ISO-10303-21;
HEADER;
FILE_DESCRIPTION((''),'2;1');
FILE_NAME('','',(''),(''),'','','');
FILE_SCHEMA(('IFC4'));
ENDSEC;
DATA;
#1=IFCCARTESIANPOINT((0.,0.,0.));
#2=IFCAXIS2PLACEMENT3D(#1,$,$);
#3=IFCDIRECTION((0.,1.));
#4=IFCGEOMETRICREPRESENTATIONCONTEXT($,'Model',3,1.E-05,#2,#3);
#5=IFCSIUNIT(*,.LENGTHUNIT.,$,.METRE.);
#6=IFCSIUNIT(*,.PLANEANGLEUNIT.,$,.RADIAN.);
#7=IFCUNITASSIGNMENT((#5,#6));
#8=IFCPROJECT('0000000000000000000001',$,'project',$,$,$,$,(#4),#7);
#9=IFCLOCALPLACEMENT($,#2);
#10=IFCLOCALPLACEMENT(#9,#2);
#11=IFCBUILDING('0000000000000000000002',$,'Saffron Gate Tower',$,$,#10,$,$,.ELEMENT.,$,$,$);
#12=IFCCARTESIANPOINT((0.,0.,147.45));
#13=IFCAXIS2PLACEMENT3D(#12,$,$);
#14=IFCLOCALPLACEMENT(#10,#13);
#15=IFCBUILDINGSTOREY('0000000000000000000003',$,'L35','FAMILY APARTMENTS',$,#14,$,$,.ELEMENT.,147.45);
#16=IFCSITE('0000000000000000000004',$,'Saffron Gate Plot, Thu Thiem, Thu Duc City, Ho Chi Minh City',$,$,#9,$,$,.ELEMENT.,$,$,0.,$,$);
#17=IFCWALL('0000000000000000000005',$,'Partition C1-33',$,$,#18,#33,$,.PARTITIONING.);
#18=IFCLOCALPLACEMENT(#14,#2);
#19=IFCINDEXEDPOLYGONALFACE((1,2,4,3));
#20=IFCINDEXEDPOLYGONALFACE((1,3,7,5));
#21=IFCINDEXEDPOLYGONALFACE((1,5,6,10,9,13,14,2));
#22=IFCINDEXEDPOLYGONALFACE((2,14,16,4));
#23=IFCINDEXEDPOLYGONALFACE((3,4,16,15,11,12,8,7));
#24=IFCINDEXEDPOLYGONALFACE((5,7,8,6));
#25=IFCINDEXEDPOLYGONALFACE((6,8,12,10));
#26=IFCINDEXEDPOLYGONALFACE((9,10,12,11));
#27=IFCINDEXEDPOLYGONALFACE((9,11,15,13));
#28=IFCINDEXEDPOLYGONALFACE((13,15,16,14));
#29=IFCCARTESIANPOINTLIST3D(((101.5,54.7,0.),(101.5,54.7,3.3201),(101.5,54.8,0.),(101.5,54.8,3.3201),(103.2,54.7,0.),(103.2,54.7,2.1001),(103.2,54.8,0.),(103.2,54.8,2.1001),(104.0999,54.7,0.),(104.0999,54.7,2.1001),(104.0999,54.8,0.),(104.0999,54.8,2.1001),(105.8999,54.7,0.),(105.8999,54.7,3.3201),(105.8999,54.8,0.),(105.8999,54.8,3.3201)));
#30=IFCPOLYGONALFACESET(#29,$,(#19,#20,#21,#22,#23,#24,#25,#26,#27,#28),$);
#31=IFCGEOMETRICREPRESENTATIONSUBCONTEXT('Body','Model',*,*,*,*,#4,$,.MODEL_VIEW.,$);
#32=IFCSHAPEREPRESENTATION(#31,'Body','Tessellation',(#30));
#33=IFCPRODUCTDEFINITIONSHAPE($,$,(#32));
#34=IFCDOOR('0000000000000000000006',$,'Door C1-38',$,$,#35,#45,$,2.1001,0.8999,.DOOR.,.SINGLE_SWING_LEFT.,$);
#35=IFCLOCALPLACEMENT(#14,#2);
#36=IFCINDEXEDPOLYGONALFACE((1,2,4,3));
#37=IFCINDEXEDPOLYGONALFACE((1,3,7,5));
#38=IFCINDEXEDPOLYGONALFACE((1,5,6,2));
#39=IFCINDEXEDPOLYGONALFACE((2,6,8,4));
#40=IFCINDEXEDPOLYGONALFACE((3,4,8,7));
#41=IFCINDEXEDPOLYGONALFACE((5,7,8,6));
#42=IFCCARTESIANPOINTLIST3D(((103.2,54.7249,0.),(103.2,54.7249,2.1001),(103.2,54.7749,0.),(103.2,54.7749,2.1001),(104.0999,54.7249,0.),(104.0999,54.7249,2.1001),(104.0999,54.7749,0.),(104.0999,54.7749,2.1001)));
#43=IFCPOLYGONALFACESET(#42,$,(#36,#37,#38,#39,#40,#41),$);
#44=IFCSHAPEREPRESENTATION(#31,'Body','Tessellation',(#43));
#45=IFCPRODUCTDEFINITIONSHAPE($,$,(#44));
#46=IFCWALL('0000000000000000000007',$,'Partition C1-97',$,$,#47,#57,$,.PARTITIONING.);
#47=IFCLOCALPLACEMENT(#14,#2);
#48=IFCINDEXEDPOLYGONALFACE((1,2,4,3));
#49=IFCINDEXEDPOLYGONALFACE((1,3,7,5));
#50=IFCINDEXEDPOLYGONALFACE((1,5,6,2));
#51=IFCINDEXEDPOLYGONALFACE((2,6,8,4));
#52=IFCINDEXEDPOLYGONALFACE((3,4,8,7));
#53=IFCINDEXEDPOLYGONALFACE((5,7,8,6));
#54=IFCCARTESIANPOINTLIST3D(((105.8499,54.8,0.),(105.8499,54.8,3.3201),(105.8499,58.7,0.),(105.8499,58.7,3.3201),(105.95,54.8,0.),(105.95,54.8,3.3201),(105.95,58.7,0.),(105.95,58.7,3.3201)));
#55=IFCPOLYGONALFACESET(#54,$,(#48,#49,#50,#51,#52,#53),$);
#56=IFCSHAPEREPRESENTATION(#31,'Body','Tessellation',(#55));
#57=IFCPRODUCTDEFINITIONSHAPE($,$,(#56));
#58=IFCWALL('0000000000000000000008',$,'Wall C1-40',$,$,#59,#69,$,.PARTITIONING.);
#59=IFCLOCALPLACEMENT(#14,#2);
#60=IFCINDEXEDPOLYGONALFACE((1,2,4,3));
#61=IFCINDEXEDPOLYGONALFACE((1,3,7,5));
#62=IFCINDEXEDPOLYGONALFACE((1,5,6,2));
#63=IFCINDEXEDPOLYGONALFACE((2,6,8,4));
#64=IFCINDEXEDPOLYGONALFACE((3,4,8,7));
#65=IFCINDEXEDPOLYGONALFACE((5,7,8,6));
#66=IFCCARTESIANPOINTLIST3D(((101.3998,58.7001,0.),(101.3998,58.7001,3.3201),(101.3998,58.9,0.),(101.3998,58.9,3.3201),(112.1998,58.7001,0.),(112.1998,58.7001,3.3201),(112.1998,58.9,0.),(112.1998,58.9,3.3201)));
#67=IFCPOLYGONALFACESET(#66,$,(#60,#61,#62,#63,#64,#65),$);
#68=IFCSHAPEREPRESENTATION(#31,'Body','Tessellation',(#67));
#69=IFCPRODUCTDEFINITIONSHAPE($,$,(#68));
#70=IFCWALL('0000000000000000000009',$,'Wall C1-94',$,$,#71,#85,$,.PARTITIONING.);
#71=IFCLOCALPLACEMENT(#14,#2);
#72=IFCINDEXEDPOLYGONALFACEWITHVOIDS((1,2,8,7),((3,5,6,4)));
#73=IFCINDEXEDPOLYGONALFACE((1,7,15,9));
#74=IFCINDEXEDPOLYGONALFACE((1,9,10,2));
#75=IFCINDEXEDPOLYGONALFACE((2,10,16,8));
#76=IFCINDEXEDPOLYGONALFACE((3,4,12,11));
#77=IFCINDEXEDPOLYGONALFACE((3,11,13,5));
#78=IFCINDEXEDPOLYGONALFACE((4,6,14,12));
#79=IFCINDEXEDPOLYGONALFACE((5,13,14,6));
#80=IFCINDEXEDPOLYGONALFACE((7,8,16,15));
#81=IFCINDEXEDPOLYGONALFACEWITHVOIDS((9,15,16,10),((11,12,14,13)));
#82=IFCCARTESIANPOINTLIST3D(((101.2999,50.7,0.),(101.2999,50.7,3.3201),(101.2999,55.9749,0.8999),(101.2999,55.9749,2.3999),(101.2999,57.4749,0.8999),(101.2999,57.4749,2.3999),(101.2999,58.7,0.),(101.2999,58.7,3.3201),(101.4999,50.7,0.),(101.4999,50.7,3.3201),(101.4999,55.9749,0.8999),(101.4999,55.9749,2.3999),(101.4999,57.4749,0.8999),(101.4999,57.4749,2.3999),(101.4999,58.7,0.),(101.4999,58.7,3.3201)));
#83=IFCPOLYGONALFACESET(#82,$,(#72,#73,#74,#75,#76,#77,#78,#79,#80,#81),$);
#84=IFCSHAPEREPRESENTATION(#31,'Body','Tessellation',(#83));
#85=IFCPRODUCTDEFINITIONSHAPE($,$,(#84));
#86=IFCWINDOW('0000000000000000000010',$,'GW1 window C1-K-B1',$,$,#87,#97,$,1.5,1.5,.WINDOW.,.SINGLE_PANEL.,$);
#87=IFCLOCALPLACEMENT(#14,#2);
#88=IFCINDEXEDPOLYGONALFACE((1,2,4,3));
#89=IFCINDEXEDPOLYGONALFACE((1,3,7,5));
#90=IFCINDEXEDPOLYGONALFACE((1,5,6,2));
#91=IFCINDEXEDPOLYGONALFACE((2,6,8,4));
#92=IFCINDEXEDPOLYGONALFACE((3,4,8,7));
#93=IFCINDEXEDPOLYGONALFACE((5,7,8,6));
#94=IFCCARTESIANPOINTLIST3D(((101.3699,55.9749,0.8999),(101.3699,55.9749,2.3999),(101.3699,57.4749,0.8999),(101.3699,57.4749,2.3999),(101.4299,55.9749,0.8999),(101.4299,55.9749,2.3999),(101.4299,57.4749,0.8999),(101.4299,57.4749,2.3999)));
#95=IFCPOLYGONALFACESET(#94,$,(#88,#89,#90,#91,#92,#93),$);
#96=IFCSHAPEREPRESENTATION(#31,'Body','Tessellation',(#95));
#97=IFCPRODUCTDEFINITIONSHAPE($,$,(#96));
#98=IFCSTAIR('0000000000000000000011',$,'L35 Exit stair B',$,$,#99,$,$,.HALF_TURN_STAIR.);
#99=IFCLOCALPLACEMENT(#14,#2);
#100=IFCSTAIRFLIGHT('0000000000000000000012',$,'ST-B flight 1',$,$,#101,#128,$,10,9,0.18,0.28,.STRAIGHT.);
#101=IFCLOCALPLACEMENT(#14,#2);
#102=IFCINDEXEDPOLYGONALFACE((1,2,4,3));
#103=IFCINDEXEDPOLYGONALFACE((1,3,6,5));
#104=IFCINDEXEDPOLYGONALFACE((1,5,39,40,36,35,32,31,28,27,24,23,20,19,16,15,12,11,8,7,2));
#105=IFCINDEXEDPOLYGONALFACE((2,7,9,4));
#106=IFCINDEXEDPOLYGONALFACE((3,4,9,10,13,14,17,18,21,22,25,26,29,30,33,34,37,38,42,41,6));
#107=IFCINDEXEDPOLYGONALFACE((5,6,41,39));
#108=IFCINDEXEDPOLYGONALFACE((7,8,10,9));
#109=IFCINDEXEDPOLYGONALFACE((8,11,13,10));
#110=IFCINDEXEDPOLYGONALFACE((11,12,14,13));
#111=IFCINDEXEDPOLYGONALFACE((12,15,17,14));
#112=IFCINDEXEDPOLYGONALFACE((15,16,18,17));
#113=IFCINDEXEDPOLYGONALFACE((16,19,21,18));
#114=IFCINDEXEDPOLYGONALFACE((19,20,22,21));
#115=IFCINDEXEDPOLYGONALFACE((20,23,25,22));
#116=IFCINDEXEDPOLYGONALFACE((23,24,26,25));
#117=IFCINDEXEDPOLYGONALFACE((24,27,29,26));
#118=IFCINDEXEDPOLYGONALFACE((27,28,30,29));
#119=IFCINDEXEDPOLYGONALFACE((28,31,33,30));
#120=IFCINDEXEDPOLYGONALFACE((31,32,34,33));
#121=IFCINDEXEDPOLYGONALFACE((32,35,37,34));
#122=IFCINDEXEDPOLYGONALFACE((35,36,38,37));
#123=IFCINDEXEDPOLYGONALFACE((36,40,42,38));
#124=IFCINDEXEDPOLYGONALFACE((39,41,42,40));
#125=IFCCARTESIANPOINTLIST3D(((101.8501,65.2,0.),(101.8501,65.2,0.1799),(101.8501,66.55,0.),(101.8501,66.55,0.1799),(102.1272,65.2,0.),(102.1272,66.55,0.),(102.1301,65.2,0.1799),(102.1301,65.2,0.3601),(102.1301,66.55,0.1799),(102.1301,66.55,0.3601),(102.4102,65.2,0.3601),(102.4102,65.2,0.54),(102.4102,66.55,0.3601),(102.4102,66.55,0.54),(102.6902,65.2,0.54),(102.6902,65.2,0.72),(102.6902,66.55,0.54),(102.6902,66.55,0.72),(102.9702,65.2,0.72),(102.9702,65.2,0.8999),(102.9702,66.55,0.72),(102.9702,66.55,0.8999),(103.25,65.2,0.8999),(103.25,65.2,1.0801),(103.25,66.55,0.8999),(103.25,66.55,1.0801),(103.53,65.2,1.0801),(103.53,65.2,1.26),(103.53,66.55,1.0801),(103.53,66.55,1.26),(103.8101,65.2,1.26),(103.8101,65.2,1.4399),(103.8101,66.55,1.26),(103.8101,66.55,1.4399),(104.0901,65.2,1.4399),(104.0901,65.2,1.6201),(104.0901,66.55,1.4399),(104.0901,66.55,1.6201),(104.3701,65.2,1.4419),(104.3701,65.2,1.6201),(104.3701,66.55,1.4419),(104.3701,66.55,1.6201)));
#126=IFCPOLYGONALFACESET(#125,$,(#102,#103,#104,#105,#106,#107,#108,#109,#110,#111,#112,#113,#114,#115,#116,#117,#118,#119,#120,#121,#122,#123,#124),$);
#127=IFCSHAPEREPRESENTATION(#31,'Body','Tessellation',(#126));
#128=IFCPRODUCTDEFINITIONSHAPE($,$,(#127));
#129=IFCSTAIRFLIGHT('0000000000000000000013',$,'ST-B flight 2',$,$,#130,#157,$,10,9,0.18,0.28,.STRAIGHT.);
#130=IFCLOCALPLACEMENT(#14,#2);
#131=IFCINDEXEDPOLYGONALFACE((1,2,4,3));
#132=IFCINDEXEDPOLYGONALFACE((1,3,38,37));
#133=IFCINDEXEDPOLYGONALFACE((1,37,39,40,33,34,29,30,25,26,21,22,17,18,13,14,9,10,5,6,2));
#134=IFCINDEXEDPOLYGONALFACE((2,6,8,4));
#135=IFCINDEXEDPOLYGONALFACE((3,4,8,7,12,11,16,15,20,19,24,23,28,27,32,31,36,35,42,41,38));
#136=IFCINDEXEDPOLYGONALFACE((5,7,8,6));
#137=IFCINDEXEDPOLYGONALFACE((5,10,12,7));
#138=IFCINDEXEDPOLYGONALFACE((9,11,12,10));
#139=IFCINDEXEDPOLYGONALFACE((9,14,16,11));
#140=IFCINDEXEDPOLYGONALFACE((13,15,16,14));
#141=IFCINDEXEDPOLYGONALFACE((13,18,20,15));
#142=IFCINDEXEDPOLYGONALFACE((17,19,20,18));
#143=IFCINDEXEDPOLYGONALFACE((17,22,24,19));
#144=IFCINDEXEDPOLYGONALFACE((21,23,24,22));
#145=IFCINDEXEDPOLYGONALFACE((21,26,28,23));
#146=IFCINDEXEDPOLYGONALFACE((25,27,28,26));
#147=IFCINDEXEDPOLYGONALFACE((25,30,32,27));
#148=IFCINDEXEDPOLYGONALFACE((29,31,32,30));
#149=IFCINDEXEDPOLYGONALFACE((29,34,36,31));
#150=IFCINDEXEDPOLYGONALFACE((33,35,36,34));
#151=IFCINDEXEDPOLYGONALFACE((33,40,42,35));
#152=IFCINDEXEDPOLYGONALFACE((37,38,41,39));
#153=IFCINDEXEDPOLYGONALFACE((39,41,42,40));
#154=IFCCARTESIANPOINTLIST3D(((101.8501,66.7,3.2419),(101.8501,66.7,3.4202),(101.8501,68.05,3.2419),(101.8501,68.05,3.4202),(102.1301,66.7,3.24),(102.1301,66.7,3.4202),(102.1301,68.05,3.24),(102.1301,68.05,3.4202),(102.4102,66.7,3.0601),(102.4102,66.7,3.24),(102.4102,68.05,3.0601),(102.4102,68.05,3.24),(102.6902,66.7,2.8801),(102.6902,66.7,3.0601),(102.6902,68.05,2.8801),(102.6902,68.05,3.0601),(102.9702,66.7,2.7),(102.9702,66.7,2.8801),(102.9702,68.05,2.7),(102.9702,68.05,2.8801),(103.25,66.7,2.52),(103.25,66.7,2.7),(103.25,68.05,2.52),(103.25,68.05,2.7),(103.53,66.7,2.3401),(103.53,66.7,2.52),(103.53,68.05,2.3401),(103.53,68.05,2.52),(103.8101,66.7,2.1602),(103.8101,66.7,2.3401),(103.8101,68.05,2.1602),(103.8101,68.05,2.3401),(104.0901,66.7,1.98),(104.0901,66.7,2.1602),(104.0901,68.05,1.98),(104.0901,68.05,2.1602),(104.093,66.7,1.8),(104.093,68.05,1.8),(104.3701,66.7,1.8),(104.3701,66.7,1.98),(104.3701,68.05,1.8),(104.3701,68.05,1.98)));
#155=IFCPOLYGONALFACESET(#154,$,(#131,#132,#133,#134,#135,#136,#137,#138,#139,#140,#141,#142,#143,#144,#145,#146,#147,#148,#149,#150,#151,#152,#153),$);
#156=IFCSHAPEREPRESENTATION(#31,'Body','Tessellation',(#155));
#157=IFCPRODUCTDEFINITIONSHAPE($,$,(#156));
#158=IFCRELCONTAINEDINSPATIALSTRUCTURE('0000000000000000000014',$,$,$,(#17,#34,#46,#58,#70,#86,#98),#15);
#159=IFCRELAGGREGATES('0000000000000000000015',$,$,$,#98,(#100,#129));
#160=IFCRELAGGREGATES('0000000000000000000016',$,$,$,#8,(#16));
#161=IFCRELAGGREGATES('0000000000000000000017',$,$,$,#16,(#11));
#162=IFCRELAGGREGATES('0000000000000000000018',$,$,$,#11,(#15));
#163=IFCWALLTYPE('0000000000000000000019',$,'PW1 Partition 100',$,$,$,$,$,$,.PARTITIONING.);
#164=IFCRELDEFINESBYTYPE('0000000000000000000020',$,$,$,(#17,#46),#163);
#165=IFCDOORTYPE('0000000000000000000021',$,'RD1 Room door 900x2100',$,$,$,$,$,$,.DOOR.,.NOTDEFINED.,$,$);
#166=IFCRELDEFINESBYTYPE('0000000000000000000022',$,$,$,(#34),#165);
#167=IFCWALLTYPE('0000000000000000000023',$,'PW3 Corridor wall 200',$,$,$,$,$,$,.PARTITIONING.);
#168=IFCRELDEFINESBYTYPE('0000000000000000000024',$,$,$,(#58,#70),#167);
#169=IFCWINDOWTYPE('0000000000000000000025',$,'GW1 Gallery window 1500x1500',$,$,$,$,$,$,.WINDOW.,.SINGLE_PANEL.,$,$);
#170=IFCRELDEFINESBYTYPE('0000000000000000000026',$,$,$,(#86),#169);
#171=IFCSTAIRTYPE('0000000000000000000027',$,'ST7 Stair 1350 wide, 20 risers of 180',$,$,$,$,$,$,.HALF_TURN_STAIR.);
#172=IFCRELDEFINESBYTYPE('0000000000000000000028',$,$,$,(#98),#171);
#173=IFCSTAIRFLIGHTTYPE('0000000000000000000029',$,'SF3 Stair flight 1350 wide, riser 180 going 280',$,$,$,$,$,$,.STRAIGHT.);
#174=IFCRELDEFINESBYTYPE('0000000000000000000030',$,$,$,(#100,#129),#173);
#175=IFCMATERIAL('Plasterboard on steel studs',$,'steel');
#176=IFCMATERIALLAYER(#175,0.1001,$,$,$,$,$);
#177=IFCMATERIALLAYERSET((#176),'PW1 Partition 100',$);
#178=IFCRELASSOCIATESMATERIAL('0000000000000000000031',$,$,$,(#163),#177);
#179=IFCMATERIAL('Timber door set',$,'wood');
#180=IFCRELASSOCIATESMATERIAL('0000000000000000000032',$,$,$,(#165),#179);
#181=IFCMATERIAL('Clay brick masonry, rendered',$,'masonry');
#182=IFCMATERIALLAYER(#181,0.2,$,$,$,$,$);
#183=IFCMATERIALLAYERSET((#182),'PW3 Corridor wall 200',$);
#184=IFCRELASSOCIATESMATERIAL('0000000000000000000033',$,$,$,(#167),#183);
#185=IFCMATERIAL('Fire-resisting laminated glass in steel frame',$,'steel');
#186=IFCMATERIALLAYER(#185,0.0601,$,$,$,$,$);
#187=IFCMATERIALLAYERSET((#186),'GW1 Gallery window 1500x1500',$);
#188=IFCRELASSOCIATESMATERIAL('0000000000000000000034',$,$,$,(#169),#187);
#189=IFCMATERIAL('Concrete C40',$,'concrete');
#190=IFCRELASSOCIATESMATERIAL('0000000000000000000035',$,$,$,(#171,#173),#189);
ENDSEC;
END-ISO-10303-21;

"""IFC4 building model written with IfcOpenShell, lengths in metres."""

from ifc_helpers import new_model, si_unit, direction, frame, frame_2d, origin, place, context, subcontext, project, spatial, polyline, rectangle, outline, extrude, material, layer, layer_set, type_object, element, fill, aggregate, save


model = new_model("IFC4")

# Units and contexts
model_context = context("Model", 3, precision=1e-05, world=origin(), true_north=direction((0.0, 1.0)))
body_context = subcontext(model_context, "Body", "Model", "MODEL_VIEW")
ifc_project = project(units=[si_unit("LENGTHUNIT", "METRE"), si_unit("PLANEANGLEUNIT", "RADIAN")], contexts=[model_context])

# Site, building, storey
site_placement = place(None, origin())
site = spatial("IfcSite", under=ifc_project, at=site_placement, Name="Saffron Gate Plot, Thu Thiem, Thu Duc City, Ho Chi Minh City", CompositionType="ELEMENT", RefElevation=0.0)
building_placement = place(site_placement, origin())
building = spatial("IfcBuilding", under=site, at=building_placement, Name="Saffron Gate Tower", CompositionType="ELEMENT")
storey_placement = place(building_placement, frame((0.0, 0.0, 147.45)))
storey = spatial("IfcBuildingStorey", under=building, at=storey_placement, Name="L35", Description="FAMILY APARTMENTS", CompositionType="ELEMENT", Elevation=147.45)

# Wall, opening, door
ifc_material_1 = material(Name="Plasterboard on steel studs", Category="steel")
ifc_layer_1 = layer(ifc_material_1, 0.1001)
ifc_layer_set_1 = layer_set([ifc_layer_1], Name="PW1 Partition 100")
wall_type_1 = type_object("IfcWallType", Name="PW1 Partition 100", PredefinedType="PARTITIONING", material=ifc_layer_set_1)
wall_1_placement = place(storey_placement, frame((101.5, 54.75, 0.0), z_axis=(0.0, 0.0, 1.0), x_axis=(1.0, 0.0, 0.0)))
wall_1 = element("IfcWall", 1, at=wall_1_placement, inside=storey, type_object=wall_type_1, Name="Partition C1-33", PredefinedType="PARTITIONING", context=body_context, shape_type="SweptSolid", body=[
    extrude(rectangle(XDim=4.3999, YDim=0.1001, at=frame_2d((2.2, 0.0))), origin(), (0.0, 0.0, 1.0), 3.3201),
])
opening_1_placement = place(wall_1_placement, frame((1.7, 0.0, 0.0)))
opening_1 = element("IfcOpeningElement", 2, at=opening_1_placement, cuts=wall_1, PredefinedType="OPENING", context=body_context, shape_type="SweptSolid", body=[
    extrude(rectangle(XDim=0.8999, YDim=2.1001, at=frame_2d((0.45, 1.05))), frame((0.0, 0.0601, 0.0), z_axis=(0.0, -1.0, 0.0), x_axis=(1.0, 0.0, 0.0)), (0.0, 0.0, 1.0), 0.1201),
])
ifc_material_2 = material(Name="Timber door set", Category="wood")
door_type_1 = type_object("IfcDoorType", Name="RD1 Room door 900x2100", OperationType="NOTDEFINED", PredefinedType="DOOR", material=ifc_material_2)
door_1_placement = place(opening_1_placement, origin())
door_1 = element("IfcDoor", 3, at=door_1_placement, inside=storey, type_object=door_type_1, Name="Door C1-38", OperationType="SINGLE_SWING_LEFT", OverallHeight=2.1001, OverallWidth=0.8999, PredefinedType="DOOR", context=body_context, shape_type="SweptSolid", body=[
    extrude(rectangle(XDim=0.8999, YDim=2.1001, at=frame_2d((0.45, 1.05))), frame((0.0, 0.0249, 0.0), z_axis=(0.0, -1.0, 0.0), x_axis=(1.0, 0.0, 0.0)), (0.0, 0.0, 1.0), 0.05),
])
fill(opening_1, door_1)

# Walls
wall_2_placement = place(storey_placement, frame((105.8999, 58.7, 0.0), z_axis=(0.0, 0.0, 1.0), x_axis=(0.0, -1.0, 0.0)))
element("IfcWall", 4, at=wall_2_placement, inside=storey, type_object=wall_type_1, Name="Partition C1-97", PredefinedType="PARTITIONING", context=body_context, shape_type="SweptSolid", body=[
    extrude(rectangle(XDim=3.8999, YDim=0.1001, at=frame_2d((1.95, 0.0))), origin(), (0.0, 0.0, 1.0), 3.3201),
])
ifc_material_3 = material(Name="Clay brick masonry, rendered", Category="masonry")
ifc_layer_2 = layer(ifc_material_3, 0.2)
ifc_layer_set_2 = layer_set([ifc_layer_2], Name="PW3 Corridor wall 200")
wall_type_2 = type_object("IfcWallType", Name="PW3 Corridor wall 200", PredefinedType="PARTITIONING", material=ifc_layer_set_2)
wall_3_placement = place(storey_placement, frame((101.3999, 58.8, 0.0), z_axis=(0.0, 0.0, 1.0), x_axis=(1.0, 0.0, 0.0)))
element("IfcWall", 5, at=wall_3_placement, inside=storey, type_object=wall_type_2, Name="Wall C1-40", PredefinedType="PARTITIONING", context=body_context, shape_type="SweptSolid", body=[
    extrude(rectangle(XDim=10.8, YDim=0.2, at=frame_2d((5.3999, 0.0))), origin(), (0.0, 0.0, 1.0), 3.3201),
])

# Wall, opening, window
wall_4_placement = place(storey_placement, frame((101.3999, 58.7, 0.0), z_axis=(0.0, 0.0, 1.0), x_axis=(0.0, -1.0, 0.0)))
wall_4 = element("IfcWall", 6, at=wall_4_placement, inside=storey, type_object=wall_type_2, Name="Wall C1-94", PredefinedType="PARTITIONING", context=body_context, shape_type="SweptSolid", body=[
    extrude(rectangle(XDim=8.0, YDim=0.2, at=frame_2d((4.0, 0.0))), origin(), (0.0, 0.0, 1.0), 3.3201),
])
opening_2_placement = place(wall_4_placement, frame((1.2251, 0.0, 0.8999)))
opening_2 = element("IfcOpeningElement", 7, at=opening_2_placement, cuts=wall_4, PredefinedType="OPENING", context=body_context, shape_type="SweptSolid", body=[
    extrude(rectangle(XDim=1.5, YDim=1.5, at=frame_2d((0.75, 0.75))), frame((0.0, 0.1099, 0.0), z_axis=(0.0, -1.0, 0.0), x_axis=(1.0, 0.0, 0.0)), (0.0, 0.0, 1.0), 0.22),
])
ifc_material_4 = material(Name="Fire-resisting laminated glass in steel frame", Category="steel")
ifc_layer_3 = layer(ifc_material_4, 0.0601)
ifc_layer_set_3 = layer_set([ifc_layer_3], Name="GW1 Gallery window 1500x1500")
window_type = type_object("IfcWindowType", Name="GW1 Gallery window 1500x1500", PartitioningType="SINGLE_PANEL", PredefinedType="WINDOW", material=ifc_layer_set_3)
window_placement = place(opening_2_placement, origin())
window = element("IfcWindow", 8, at=window_placement, inside=storey, type_object=window_type, Name="GW1 window C1-K-B1", OverallHeight=1.5, OverallWidth=1.5, PartitioningType="SINGLE_PANEL", PredefinedType="WINDOW", context=body_context, shape_type="SweptSolid", body=[
    extrude(rectangle(XDim=1.5, YDim=1.5, at=frame_2d((0.75, 0.75))), frame((0.0, 0.03, 0.0), z_axis=(0.0, -1.0, 0.0), x_axis=(1.0, 0.0, 0.0)), (0.0, 0.0, 1.0), 0.0601),
])
fill(opening_2, window)

# Stair, stair flights
ifc_material_5 = material(Name="Concrete C40", Category="concrete")
stair_type = type_object("IfcStairType", Name="ST7 Stair 1350 wide, 20 risers of 180", PredefinedType="HALF_TURN_STAIR", material=ifc_material_5)
stair_placement = place(storey_placement, origin())
stair = element("IfcStair", 9, at=stair_placement, inside=storey, type_object=stair_type, Name="L35 Exit stair B", PredefinedType="HALF_TURN_STAIR")
stair_flight_type = type_object("IfcStairFlightType", Name="SF3 Stair flight 1350 wide, riser 180 going 280", PredefinedType="STRAIGHT", material=ifc_material_5)
stair_flight_1_placement = place(storey_placement, frame((101.8501, 65.875, 0.0), z_axis=(0.0, 0.0, 1.0), x_axis=(1.0, 0.0, 0.0)))
stair_flight_1 = element("IfcStairFlight", 10, at=stair_flight_1_placement, type_object=stair_flight_type, Name="ST-B flight 1", NumberOfRisers=10, NumberOfTreads=9, PredefinedType="STRAIGHT", RiserHeight=0.18, TreadLength=0.28, context=body_context, shape_type="SweptSolid", body=[
    extrude(outline(polyline([(0.0, 0.0), (0.0, 0.1799), (0.28, 0.1799), (0.28, 0.3601), (0.5601, 0.3601), (0.5601, 0.54), (0.8401, 0.54), (0.8401, 0.72), (1.1201, 0.72), (1.1201, 0.8999), (1.3999, 0.8999), (1.3999, 1.0801), (1.6799, 1.0801), (1.6799, 1.26), (1.96, 1.26), (1.96, 1.4399), (2.24, 1.4399), (2.24, 1.6201), (2.52, 1.6201), (2.52, 1.8), (2.52, 1.4419), (0.2771, 0.0), (0.0, 0.0)])), frame((0.0, 0.675, 0.0), z_axis=(0.0, -1.0, 0.0), x_axis=(1.0, 0.0, 0.0)), (0.0, 0.0, 1.0), 1.3501),
])
stair_flight_2_placement = place(storey_placement, frame((104.3701, 67.375, 1.8), z_axis=(0.0, 0.0, 1.0), x_axis=(-1.0, 0.0, 0.0)))
stair_flight_2 = element("IfcStairFlight", 11, at=stair_flight_2_placement, type_object=stair_flight_type, Name="ST-B flight 2", NumberOfRisers=10, NumberOfTreads=9, PredefinedType="STRAIGHT", RiserHeight=0.18, TreadLength=0.28, context=body_context, shape_type="SweptSolid", body=[
    extrude(outline(polyline([(0.0, 0.0), (0.0, 0.1799), (0.28, 0.1799), (0.28, 0.3601), (0.5601, 0.3601), (0.5601, 0.54), (0.8401, 0.54), (0.8401, 0.72), (1.1201, 0.72), (1.1201, 0.8999), (1.3999, 0.8999), (1.3999, 1.0801), (1.6799, 1.0801), (1.6799, 1.26), (1.96, 1.26), (1.96, 1.4399), (2.24, 1.4399), (2.24, 1.6201), (2.52, 1.6201), (2.52, 1.8), (2.52, 1.4419), (0.2771, 0.0), (0.0, 0.0)])), frame((0.0, 0.675, 0.0), z_axis=(0.0, -1.0, 0.0), x_axis=(1.0, 0.0, 0.0)), (0.0, 0.0, 1.0), 1.3501),
])
aggregate(stair, [stair_flight_1, stair_flight_2])

save(model, "model.ifc")
